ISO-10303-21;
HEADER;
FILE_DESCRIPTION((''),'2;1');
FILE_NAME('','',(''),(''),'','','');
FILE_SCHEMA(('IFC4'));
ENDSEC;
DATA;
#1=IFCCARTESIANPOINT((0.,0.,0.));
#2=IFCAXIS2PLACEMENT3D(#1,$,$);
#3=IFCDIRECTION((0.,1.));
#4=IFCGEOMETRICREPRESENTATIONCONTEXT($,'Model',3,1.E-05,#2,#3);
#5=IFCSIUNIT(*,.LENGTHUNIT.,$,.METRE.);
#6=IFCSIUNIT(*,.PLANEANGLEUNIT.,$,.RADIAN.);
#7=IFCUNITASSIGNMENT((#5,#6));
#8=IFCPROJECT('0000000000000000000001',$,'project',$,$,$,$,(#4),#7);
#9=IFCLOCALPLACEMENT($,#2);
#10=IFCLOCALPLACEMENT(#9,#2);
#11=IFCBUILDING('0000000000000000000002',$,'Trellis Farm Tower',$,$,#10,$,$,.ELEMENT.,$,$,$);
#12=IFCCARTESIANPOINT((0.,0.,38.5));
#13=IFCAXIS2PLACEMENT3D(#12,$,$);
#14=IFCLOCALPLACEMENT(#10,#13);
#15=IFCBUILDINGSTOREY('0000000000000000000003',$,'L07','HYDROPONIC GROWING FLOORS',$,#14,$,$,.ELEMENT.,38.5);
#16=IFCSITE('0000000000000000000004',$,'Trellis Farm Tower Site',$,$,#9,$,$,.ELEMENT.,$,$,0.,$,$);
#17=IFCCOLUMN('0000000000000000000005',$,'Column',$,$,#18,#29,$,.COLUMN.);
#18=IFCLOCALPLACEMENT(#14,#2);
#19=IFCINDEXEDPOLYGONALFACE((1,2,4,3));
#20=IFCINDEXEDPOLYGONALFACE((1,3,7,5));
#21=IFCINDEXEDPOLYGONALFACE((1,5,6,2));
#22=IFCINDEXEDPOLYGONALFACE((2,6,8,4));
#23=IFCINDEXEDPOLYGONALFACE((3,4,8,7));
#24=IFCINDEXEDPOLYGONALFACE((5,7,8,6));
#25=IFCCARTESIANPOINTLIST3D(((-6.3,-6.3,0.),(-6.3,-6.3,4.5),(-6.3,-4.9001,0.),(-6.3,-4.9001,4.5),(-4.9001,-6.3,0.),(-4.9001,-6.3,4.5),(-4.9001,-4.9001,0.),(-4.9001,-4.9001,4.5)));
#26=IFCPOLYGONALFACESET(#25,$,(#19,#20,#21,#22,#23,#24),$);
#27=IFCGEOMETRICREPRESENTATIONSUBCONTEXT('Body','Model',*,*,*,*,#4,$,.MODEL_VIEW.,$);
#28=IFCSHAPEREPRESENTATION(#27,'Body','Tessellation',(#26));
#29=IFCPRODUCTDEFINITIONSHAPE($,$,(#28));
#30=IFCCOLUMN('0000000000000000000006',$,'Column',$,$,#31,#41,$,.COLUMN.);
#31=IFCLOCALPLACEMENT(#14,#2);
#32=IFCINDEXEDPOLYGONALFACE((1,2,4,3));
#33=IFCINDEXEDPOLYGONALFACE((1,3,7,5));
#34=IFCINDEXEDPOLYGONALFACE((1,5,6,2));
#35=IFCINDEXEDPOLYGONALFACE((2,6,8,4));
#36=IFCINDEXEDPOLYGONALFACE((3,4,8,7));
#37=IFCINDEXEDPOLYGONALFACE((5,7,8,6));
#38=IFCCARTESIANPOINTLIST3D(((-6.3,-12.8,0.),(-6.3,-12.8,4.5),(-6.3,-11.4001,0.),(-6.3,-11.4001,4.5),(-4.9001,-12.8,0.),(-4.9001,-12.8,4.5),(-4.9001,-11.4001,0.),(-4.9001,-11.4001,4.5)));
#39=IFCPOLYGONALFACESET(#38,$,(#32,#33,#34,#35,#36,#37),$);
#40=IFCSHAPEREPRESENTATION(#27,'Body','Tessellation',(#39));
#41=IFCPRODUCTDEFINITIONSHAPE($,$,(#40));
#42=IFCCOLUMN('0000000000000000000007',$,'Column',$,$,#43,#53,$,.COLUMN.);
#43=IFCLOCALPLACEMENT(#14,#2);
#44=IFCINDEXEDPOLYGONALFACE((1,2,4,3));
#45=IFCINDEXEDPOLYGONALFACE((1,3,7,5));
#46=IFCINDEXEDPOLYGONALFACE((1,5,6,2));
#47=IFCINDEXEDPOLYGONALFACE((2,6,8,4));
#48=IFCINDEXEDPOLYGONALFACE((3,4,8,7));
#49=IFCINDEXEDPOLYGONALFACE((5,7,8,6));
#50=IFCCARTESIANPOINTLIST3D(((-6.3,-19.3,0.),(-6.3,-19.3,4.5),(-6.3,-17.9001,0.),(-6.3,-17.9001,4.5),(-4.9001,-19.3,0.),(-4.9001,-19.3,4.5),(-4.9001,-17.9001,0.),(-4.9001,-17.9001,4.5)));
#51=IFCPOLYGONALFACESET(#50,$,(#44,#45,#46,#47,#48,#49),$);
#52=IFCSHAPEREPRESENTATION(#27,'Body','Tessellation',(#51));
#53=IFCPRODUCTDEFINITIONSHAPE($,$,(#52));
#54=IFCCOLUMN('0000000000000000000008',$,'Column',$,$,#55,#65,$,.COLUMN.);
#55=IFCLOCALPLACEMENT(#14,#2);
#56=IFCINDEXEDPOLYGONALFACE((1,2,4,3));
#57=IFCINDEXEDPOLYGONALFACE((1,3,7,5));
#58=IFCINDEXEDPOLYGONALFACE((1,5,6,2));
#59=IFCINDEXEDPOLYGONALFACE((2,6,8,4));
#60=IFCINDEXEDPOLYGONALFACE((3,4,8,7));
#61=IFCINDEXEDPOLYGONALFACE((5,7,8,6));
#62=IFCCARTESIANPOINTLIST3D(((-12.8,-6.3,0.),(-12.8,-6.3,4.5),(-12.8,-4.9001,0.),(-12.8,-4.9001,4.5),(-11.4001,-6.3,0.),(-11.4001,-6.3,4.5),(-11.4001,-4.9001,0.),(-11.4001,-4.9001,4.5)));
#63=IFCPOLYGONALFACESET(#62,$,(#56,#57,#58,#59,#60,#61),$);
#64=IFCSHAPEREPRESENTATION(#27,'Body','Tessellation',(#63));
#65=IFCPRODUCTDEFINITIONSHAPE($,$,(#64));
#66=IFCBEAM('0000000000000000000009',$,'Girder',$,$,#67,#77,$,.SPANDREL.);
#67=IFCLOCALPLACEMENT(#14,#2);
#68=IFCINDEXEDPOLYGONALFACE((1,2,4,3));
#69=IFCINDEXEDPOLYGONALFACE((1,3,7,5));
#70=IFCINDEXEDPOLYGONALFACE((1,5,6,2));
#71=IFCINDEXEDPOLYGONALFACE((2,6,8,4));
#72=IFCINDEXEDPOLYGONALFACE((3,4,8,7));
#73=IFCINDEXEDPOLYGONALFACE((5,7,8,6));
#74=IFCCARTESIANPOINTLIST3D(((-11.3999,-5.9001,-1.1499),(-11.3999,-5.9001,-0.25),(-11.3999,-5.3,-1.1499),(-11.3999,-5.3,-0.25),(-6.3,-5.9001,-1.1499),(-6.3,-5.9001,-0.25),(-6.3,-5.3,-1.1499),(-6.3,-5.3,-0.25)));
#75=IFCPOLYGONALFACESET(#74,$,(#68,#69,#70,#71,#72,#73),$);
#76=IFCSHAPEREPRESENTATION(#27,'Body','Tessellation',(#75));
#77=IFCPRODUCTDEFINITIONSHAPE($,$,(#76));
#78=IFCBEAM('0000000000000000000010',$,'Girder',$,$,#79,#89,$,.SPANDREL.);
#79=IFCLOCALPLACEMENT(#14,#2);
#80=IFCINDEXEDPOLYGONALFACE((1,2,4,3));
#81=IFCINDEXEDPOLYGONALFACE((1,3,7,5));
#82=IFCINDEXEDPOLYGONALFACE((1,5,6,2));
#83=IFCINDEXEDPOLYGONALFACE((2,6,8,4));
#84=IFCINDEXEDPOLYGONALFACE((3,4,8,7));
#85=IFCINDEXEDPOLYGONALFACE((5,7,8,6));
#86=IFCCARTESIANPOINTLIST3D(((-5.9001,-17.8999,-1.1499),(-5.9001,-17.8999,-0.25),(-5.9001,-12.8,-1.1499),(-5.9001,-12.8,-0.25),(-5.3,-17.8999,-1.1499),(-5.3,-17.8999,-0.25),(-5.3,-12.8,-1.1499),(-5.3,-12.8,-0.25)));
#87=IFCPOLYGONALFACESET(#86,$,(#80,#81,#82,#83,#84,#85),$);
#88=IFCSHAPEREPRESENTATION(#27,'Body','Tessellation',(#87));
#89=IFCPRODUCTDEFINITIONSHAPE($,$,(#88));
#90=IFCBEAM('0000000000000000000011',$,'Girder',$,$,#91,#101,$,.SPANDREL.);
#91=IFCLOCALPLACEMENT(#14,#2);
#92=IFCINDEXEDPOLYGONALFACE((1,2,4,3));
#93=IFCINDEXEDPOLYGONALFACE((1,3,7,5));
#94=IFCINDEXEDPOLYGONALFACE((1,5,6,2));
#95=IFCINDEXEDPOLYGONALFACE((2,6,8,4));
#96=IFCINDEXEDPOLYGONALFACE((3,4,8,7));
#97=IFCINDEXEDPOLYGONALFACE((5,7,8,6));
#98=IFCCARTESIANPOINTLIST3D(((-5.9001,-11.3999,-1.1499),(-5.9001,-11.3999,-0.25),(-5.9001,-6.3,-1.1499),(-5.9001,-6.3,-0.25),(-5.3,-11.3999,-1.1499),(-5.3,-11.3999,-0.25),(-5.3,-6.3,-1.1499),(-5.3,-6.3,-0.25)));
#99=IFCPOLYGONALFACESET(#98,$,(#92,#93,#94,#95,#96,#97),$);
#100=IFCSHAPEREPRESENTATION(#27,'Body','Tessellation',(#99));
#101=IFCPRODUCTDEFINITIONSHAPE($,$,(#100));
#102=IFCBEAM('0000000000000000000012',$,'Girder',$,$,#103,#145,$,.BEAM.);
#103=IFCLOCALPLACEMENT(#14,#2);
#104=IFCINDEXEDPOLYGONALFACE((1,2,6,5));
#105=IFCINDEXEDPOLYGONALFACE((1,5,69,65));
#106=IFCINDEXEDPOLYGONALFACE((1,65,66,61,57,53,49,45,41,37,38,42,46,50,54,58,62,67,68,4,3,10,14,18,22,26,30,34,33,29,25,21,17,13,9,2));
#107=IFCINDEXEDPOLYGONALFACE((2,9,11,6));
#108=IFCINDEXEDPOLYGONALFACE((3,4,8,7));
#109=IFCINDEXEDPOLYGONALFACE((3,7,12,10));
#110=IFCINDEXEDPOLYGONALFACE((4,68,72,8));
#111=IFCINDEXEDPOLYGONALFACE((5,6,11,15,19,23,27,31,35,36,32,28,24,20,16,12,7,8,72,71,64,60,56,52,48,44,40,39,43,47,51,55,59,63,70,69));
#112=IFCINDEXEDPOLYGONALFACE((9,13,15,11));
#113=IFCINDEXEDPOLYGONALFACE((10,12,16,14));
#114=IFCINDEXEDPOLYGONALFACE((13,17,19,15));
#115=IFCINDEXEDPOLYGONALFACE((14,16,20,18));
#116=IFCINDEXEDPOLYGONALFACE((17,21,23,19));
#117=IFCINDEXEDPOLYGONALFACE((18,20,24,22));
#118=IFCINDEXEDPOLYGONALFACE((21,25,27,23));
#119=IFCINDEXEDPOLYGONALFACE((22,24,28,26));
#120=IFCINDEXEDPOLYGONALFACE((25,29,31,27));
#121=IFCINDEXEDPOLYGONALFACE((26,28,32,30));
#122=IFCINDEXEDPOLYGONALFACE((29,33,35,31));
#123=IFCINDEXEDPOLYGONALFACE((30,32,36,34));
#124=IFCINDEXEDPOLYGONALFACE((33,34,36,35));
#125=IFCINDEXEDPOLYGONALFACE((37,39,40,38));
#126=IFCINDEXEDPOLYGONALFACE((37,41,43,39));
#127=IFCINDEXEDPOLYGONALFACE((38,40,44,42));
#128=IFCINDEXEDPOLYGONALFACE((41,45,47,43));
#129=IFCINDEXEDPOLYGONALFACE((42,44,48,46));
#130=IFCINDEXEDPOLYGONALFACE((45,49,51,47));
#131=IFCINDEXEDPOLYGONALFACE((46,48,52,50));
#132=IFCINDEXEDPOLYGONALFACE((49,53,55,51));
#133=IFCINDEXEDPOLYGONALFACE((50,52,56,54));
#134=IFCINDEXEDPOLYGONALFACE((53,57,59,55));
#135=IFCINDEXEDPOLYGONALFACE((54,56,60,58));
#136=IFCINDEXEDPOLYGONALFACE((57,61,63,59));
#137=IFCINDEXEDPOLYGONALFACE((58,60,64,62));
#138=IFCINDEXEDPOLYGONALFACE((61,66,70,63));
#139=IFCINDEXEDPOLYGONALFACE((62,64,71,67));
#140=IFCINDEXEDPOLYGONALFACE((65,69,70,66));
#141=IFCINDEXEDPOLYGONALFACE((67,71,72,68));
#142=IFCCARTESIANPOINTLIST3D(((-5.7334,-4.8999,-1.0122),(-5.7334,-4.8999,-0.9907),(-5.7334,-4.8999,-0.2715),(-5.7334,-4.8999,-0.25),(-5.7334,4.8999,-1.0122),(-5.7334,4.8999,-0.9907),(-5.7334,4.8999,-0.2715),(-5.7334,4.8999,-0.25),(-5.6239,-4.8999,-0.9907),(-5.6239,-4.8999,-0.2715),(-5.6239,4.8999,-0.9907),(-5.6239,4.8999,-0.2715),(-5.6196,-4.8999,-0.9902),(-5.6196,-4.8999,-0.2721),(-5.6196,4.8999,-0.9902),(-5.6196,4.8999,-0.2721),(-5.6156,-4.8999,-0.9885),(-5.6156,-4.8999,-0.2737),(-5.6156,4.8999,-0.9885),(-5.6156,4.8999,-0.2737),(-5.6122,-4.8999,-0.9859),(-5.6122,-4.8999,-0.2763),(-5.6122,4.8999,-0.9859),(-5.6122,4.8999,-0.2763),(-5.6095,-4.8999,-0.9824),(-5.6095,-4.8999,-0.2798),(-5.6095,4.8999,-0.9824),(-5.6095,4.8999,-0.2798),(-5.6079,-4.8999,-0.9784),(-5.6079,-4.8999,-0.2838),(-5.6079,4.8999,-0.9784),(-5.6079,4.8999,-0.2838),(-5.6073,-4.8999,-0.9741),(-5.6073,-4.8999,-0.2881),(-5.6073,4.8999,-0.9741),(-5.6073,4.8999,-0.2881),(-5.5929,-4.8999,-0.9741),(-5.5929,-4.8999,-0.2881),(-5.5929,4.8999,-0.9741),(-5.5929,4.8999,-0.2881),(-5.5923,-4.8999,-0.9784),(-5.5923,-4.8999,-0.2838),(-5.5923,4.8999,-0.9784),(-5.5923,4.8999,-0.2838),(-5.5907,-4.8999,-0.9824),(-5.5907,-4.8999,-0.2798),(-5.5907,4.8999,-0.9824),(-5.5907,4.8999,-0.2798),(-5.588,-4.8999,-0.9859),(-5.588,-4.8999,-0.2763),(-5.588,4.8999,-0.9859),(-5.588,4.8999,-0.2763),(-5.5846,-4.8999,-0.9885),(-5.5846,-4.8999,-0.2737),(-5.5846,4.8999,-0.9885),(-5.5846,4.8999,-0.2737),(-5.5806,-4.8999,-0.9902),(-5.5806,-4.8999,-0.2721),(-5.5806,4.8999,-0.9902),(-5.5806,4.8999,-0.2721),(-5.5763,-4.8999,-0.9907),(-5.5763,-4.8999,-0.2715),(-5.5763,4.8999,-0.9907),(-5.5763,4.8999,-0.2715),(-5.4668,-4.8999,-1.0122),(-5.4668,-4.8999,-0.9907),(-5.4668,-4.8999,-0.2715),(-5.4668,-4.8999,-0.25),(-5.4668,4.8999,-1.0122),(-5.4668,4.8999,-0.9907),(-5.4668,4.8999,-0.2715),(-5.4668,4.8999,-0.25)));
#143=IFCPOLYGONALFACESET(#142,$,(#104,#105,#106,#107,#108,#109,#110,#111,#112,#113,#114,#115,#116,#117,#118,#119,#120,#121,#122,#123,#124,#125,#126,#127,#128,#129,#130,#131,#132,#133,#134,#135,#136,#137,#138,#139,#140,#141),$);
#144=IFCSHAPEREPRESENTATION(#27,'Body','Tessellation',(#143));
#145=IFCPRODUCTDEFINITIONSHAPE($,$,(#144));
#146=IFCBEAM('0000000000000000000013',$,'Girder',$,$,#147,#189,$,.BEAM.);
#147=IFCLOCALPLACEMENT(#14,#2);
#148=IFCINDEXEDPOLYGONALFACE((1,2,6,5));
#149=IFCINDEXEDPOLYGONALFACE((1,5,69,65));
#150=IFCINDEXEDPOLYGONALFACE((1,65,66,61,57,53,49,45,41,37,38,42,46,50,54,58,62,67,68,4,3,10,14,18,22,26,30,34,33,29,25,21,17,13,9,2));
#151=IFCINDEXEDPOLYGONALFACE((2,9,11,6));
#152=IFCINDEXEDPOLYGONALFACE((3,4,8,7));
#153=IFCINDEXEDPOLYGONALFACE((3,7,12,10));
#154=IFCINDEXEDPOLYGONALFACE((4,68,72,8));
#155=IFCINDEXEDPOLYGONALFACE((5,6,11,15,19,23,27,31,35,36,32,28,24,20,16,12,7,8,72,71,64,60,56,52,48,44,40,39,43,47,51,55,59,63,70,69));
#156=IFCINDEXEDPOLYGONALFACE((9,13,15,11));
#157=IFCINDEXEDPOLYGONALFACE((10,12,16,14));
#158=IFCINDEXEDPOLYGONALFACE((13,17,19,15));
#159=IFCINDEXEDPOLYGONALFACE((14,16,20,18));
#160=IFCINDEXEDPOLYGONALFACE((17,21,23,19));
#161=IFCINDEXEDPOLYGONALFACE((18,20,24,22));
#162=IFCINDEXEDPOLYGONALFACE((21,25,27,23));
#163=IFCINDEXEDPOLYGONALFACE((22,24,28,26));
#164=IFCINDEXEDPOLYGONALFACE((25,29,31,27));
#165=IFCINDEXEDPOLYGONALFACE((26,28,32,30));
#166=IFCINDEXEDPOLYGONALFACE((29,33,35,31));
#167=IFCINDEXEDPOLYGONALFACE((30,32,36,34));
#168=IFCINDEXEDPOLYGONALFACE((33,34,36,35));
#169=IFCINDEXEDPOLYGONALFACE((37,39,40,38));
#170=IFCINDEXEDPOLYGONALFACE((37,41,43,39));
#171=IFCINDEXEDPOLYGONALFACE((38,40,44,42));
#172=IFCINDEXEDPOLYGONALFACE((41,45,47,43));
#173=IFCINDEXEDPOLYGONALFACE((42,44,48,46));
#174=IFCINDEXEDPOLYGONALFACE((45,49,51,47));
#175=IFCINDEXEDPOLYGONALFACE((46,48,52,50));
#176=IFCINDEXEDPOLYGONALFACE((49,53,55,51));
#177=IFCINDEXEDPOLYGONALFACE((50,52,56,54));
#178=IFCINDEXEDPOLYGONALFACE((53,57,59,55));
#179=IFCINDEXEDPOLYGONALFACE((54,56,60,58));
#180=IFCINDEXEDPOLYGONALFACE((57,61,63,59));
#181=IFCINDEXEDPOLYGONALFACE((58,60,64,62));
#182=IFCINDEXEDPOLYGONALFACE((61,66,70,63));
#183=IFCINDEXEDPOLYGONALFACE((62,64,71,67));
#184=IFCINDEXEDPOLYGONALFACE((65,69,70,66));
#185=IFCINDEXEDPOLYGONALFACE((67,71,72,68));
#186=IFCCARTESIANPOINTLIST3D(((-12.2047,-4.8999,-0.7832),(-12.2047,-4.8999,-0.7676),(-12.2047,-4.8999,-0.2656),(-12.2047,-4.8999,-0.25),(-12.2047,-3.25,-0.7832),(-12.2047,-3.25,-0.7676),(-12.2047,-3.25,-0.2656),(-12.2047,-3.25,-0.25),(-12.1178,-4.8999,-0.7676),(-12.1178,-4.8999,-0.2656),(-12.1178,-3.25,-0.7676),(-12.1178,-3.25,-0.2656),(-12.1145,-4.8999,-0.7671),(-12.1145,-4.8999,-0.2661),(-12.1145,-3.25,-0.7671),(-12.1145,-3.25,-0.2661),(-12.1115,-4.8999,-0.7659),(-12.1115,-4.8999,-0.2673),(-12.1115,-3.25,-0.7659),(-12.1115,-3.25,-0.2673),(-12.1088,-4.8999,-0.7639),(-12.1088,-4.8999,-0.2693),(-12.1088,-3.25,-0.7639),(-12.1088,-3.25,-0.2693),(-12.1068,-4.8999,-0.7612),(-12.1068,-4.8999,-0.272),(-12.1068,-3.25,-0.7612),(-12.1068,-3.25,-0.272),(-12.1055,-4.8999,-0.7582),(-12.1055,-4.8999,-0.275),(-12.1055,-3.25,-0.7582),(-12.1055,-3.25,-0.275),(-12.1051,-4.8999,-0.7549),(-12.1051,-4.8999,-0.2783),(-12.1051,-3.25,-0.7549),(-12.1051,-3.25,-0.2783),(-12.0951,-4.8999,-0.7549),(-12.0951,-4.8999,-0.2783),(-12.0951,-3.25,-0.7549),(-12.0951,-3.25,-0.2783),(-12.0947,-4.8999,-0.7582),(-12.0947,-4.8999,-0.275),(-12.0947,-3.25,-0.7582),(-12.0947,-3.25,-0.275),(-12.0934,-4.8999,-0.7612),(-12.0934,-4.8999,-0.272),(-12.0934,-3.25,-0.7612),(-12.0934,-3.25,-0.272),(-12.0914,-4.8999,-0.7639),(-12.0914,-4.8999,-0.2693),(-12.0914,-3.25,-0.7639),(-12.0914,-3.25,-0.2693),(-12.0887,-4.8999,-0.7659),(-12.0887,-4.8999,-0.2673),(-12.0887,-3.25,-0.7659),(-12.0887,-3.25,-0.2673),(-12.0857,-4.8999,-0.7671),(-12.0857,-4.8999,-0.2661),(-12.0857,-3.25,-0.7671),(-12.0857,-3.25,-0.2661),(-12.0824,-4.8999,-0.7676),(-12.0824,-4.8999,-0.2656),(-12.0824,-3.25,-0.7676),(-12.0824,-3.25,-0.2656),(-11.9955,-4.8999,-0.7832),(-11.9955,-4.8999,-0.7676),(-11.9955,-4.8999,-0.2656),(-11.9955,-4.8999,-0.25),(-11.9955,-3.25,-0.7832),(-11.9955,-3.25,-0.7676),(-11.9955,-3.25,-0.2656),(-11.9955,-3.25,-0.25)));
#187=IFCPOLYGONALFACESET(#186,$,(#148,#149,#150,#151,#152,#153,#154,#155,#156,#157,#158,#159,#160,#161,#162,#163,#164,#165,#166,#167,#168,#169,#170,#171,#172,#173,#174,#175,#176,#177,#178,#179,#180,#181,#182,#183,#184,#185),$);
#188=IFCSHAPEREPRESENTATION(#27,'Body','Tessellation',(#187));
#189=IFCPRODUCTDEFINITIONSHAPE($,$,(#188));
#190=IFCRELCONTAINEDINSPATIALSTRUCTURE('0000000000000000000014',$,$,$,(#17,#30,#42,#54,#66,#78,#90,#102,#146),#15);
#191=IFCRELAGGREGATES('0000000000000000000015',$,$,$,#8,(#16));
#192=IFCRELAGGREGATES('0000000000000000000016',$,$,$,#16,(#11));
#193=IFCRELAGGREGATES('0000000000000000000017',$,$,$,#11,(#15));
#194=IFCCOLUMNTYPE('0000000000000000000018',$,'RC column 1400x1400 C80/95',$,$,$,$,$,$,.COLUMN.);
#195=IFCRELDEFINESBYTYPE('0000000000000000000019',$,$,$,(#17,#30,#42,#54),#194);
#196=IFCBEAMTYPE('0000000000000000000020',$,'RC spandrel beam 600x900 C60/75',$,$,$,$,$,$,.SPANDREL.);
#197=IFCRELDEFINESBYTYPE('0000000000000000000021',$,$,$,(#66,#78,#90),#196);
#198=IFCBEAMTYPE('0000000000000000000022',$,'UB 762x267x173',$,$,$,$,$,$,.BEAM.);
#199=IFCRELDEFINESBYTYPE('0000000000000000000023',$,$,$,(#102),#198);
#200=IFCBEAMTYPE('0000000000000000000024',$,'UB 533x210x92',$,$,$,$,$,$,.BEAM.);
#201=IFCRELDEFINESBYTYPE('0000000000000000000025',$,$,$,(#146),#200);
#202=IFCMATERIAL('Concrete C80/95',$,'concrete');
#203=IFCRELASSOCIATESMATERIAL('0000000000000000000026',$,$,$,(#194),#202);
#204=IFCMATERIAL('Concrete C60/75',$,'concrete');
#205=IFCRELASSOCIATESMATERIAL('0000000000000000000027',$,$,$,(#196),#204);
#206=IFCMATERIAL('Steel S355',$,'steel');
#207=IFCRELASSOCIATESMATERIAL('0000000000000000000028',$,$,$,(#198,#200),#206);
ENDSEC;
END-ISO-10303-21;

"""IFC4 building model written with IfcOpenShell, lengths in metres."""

from ifc_helpers import new_model, si_unit, direction, frame, origin, origin_2d, place, context, subcontext, project, spatial, rectangle, i_section, extrude, source, transform, mapped, material, material_profile, profile_set, type_object, element, save


model = new_model("IFC4")

# Units and contexts
model_context = context("Model", 3, precision=1e-05, world=origin(), true_north=direction((0.0, 1.0)))
body_context = subcontext(model_context, "Body", "Model", "MODEL_VIEW")
ifc_project = project(units=[si_unit("LENGTHUNIT", "METRE"), si_unit("PLANEANGLEUNIT", "RADIAN")], contexts=[model_context])

# Site, building, storey
site_placement = place(None, origin())
site = spatial("IfcSite", under=ifc_project, at=site_placement, Name="Trellis Farm Tower Site", CompositionType="ELEMENT", RefElevation=0.0)
building_placement = place(site_placement, origin())
building = spatial("IfcBuilding", under=site, at=building_placement, Name="Trellis Farm Tower", CompositionType="ELEMENT")
storey_placement = place(building_placement, frame((0.0, 0.0, 38.5)))
storey = spatial("IfcBuildingStorey", under=building, at=storey_placement, Name="L07", Description="HYDROPONIC GROWING FLOORS", CompositionType="ELEMENT", Elevation=38.5)

# Columns
ifc_material_1 = material(Name="Concrete C80/95", Category="concrete")
ifc_material_profile_1 = material_profile(ifc_material_1, rectangle(XDim=1.3999, YDim=1.3999, at=origin_2d()), Name="RC column 1400x1400 C80/95")
ifc_profile_set_1 = profile_set([ifc_material_profile_1], Name="Concrete C80/95")
column_type = type_object("IfcColumnType", Name="RC column 1400x1400 C80/95", PredefinedType="COLUMN", material=ifc_profile_set_1)
shared_shape_1 = source(origin(), body_context, "Body", "SweptSolid", [
    extrude(rectangle(XDim=1.3999, YDim=1.3999, at=origin_2d()), origin(), (0.0, 0.0, 1.0), 4.5),
])
for number, where, z_axis, x_axis, name in (
    (1, (-5.6001, -5.6001, 0.0), (0.0, 0.0, 1.0), (1.0, 0.0, 0.0), "Column"),
    (2, (-5.6001, -12.1001, 0.0), (0.0, 0.0, 1.0), (1.0, 0.0, 0.0), "Column"),
    (3, (-5.6001, -18.6001, 0.0), (0.0, 0.0, 1.0), (1.0, 0.0, 0.0), "Column"),
    (4, (-12.1001, -5.6001, 0.0), (0.0, 0.0, 1.0), (1.0, 0.0, 0.0), "Column"),
):
    element("IfcColumn", number, at=place(storey_placement, frame(where, z_axis=z_axis, x_axis=x_axis)), inside=storey, type_object=column_type, Name=name, PredefinedType="COLUMN", context=body_context, shape_type="MappedRepresentation", body=[
        mapped(shared_shape_1, transform((0.0, 0.0, 0.0))),
    ])

# Beams
ifc_material_2 = material(Name="Concrete C60/75", Category="concrete")
ifc_material_profile_2 = material_profile(ifc_material_2, rectangle(XDim=0.6001, YDim=0.8999, at=origin_2d()), Name="RC spandrel beam 600x900 C60/75")
ifc_profile_set_2 = profile_set([ifc_material_profile_2], Name="Concrete C60/75")
beam_type_1 = type_object("IfcBeamType", Name="RC spandrel beam 600x900 C60/75", PredefinedType="SPANDREL", material=ifc_profile_set_2)
shared_shape_2 = source(origin(), body_context, "Body", "SweptSolid", [
    extrude(rectangle(XDim=0.6001, YDim=0.8999, at=origin_2d()), origin(), (0.0, 0.0, 1.0), 5.0999),
])
for number, where, z_axis, x_axis, name in (
    (5, (-11.3999, -5.6001, -0.7), (1.0, 0.0, 0.0), (0.0, 1.0, 0.0), "Girder"),
    (6, (-5.6001, -17.8999, -0.7), (0.0, 1.0, 0.0), (-1.0, 0.0, 0.0), "Girder"),
    (7, (-5.6001, -11.3999, -0.7), (0.0, 1.0, 0.0), (-1.0, 0.0, 0.0), "Girder"),
):
    element("IfcBeam", number, at=place(storey_placement, frame(where, z_axis=z_axis, x_axis=x_axis)), inside=storey, type_object=beam_type_1, Name=name, PredefinedType="SPANDREL", context=body_context, shape_type="MappedRepresentation", body=[
        mapped(shared_shape_2, transform((0.0, 0.0, 0.0))),
    ])
ifc_material_3 = material(Name="Steel S355", Category="steel")
ifc_material_profile_3 = material_profile(ifc_material_3, i_section(OverallWidth=0.2666, OverallDepth=0.7622, WebThickness=0.0144, FlangeThickness=0.0215, FilletRadius=0.0166, at=origin_2d()), Name="UB 762x267x173")
ifc_profile_set_3 = profile_set([ifc_material_profile_3], Name="Steel S355")
beam_type_2 = type_object("IfcBeamType", Name="UB 762x267x173", PredefinedType="BEAM", material=ifc_profile_set_3)
shared_shape_3 = source(origin(), body_context, "Body", "SweptSolid", [
    extrude(i_section(OverallWidth=0.2666, OverallDepth=0.7622, WebThickness=0.0144, FlangeThickness=0.0215, FilletRadius=0.0166, at=origin_2d()), origin(), (0.0, 0.0, 1.0), 9.7998),
])
beam_1_placement = place(storey_placement, frame((-5.6001, -4.8999, -0.6311), z_axis=(0.0, 1.0, 0.0), x_axis=(-1.0, 0.0, 0.0)))
element("IfcBeam", 8, at=beam_1_placement, inside=storey, type_object=beam_type_2, Name="Girder", PredefinedType="BEAM", context=body_context, shape_type="MappedRepresentation", body=[
    mapped(shared_shape_3, transform((0.0, 0.0, 0.0))),
])
ifc_material_profile_4 = material_profile(ifc_material_3, i_section(OverallWidth=0.2092, OverallDepth=0.5332, WebThickness=0.01, FlangeThickness=0.0156, FilletRadius=0.0127, at=origin_2d()), Name="UB 533x210x92")
ifc_profile_set_4 = profile_set([ifc_material_profile_4], Name="Steel S355")
beam_type_3 = type_object("IfcBeamType", Name="UB 533x210x92", PredefinedType="BEAM", material=ifc_profile_set_4)
shared_shape_4 = source(origin(), body_context, "Body", "SweptSolid", [
    extrude(i_section(OverallWidth=0.2092, OverallDepth=0.5332, WebThickness=0.01, FlangeThickness=0.0156, FilletRadius=0.0127, at=origin_2d()), origin(), (0.0, 0.0, 1.0), 1.6499),
])
beam_2_placement = place(storey_placement, frame((-12.1001, -4.8999, -0.5166), z_axis=(0.0, 1.0, 0.0), x_axis=(-1.0, 0.0, 0.0)))
element("IfcBeam", 9, at=beam_2_placement, inside=storey, type_object=beam_type_3, Name="Girder", PredefinedType="BEAM", context=body_context, shape_type="MappedRepresentation", body=[
    mapped(shared_shape_4, transform((0.0, 0.0, 0.0))),
])

save(model, "model.ifc")
